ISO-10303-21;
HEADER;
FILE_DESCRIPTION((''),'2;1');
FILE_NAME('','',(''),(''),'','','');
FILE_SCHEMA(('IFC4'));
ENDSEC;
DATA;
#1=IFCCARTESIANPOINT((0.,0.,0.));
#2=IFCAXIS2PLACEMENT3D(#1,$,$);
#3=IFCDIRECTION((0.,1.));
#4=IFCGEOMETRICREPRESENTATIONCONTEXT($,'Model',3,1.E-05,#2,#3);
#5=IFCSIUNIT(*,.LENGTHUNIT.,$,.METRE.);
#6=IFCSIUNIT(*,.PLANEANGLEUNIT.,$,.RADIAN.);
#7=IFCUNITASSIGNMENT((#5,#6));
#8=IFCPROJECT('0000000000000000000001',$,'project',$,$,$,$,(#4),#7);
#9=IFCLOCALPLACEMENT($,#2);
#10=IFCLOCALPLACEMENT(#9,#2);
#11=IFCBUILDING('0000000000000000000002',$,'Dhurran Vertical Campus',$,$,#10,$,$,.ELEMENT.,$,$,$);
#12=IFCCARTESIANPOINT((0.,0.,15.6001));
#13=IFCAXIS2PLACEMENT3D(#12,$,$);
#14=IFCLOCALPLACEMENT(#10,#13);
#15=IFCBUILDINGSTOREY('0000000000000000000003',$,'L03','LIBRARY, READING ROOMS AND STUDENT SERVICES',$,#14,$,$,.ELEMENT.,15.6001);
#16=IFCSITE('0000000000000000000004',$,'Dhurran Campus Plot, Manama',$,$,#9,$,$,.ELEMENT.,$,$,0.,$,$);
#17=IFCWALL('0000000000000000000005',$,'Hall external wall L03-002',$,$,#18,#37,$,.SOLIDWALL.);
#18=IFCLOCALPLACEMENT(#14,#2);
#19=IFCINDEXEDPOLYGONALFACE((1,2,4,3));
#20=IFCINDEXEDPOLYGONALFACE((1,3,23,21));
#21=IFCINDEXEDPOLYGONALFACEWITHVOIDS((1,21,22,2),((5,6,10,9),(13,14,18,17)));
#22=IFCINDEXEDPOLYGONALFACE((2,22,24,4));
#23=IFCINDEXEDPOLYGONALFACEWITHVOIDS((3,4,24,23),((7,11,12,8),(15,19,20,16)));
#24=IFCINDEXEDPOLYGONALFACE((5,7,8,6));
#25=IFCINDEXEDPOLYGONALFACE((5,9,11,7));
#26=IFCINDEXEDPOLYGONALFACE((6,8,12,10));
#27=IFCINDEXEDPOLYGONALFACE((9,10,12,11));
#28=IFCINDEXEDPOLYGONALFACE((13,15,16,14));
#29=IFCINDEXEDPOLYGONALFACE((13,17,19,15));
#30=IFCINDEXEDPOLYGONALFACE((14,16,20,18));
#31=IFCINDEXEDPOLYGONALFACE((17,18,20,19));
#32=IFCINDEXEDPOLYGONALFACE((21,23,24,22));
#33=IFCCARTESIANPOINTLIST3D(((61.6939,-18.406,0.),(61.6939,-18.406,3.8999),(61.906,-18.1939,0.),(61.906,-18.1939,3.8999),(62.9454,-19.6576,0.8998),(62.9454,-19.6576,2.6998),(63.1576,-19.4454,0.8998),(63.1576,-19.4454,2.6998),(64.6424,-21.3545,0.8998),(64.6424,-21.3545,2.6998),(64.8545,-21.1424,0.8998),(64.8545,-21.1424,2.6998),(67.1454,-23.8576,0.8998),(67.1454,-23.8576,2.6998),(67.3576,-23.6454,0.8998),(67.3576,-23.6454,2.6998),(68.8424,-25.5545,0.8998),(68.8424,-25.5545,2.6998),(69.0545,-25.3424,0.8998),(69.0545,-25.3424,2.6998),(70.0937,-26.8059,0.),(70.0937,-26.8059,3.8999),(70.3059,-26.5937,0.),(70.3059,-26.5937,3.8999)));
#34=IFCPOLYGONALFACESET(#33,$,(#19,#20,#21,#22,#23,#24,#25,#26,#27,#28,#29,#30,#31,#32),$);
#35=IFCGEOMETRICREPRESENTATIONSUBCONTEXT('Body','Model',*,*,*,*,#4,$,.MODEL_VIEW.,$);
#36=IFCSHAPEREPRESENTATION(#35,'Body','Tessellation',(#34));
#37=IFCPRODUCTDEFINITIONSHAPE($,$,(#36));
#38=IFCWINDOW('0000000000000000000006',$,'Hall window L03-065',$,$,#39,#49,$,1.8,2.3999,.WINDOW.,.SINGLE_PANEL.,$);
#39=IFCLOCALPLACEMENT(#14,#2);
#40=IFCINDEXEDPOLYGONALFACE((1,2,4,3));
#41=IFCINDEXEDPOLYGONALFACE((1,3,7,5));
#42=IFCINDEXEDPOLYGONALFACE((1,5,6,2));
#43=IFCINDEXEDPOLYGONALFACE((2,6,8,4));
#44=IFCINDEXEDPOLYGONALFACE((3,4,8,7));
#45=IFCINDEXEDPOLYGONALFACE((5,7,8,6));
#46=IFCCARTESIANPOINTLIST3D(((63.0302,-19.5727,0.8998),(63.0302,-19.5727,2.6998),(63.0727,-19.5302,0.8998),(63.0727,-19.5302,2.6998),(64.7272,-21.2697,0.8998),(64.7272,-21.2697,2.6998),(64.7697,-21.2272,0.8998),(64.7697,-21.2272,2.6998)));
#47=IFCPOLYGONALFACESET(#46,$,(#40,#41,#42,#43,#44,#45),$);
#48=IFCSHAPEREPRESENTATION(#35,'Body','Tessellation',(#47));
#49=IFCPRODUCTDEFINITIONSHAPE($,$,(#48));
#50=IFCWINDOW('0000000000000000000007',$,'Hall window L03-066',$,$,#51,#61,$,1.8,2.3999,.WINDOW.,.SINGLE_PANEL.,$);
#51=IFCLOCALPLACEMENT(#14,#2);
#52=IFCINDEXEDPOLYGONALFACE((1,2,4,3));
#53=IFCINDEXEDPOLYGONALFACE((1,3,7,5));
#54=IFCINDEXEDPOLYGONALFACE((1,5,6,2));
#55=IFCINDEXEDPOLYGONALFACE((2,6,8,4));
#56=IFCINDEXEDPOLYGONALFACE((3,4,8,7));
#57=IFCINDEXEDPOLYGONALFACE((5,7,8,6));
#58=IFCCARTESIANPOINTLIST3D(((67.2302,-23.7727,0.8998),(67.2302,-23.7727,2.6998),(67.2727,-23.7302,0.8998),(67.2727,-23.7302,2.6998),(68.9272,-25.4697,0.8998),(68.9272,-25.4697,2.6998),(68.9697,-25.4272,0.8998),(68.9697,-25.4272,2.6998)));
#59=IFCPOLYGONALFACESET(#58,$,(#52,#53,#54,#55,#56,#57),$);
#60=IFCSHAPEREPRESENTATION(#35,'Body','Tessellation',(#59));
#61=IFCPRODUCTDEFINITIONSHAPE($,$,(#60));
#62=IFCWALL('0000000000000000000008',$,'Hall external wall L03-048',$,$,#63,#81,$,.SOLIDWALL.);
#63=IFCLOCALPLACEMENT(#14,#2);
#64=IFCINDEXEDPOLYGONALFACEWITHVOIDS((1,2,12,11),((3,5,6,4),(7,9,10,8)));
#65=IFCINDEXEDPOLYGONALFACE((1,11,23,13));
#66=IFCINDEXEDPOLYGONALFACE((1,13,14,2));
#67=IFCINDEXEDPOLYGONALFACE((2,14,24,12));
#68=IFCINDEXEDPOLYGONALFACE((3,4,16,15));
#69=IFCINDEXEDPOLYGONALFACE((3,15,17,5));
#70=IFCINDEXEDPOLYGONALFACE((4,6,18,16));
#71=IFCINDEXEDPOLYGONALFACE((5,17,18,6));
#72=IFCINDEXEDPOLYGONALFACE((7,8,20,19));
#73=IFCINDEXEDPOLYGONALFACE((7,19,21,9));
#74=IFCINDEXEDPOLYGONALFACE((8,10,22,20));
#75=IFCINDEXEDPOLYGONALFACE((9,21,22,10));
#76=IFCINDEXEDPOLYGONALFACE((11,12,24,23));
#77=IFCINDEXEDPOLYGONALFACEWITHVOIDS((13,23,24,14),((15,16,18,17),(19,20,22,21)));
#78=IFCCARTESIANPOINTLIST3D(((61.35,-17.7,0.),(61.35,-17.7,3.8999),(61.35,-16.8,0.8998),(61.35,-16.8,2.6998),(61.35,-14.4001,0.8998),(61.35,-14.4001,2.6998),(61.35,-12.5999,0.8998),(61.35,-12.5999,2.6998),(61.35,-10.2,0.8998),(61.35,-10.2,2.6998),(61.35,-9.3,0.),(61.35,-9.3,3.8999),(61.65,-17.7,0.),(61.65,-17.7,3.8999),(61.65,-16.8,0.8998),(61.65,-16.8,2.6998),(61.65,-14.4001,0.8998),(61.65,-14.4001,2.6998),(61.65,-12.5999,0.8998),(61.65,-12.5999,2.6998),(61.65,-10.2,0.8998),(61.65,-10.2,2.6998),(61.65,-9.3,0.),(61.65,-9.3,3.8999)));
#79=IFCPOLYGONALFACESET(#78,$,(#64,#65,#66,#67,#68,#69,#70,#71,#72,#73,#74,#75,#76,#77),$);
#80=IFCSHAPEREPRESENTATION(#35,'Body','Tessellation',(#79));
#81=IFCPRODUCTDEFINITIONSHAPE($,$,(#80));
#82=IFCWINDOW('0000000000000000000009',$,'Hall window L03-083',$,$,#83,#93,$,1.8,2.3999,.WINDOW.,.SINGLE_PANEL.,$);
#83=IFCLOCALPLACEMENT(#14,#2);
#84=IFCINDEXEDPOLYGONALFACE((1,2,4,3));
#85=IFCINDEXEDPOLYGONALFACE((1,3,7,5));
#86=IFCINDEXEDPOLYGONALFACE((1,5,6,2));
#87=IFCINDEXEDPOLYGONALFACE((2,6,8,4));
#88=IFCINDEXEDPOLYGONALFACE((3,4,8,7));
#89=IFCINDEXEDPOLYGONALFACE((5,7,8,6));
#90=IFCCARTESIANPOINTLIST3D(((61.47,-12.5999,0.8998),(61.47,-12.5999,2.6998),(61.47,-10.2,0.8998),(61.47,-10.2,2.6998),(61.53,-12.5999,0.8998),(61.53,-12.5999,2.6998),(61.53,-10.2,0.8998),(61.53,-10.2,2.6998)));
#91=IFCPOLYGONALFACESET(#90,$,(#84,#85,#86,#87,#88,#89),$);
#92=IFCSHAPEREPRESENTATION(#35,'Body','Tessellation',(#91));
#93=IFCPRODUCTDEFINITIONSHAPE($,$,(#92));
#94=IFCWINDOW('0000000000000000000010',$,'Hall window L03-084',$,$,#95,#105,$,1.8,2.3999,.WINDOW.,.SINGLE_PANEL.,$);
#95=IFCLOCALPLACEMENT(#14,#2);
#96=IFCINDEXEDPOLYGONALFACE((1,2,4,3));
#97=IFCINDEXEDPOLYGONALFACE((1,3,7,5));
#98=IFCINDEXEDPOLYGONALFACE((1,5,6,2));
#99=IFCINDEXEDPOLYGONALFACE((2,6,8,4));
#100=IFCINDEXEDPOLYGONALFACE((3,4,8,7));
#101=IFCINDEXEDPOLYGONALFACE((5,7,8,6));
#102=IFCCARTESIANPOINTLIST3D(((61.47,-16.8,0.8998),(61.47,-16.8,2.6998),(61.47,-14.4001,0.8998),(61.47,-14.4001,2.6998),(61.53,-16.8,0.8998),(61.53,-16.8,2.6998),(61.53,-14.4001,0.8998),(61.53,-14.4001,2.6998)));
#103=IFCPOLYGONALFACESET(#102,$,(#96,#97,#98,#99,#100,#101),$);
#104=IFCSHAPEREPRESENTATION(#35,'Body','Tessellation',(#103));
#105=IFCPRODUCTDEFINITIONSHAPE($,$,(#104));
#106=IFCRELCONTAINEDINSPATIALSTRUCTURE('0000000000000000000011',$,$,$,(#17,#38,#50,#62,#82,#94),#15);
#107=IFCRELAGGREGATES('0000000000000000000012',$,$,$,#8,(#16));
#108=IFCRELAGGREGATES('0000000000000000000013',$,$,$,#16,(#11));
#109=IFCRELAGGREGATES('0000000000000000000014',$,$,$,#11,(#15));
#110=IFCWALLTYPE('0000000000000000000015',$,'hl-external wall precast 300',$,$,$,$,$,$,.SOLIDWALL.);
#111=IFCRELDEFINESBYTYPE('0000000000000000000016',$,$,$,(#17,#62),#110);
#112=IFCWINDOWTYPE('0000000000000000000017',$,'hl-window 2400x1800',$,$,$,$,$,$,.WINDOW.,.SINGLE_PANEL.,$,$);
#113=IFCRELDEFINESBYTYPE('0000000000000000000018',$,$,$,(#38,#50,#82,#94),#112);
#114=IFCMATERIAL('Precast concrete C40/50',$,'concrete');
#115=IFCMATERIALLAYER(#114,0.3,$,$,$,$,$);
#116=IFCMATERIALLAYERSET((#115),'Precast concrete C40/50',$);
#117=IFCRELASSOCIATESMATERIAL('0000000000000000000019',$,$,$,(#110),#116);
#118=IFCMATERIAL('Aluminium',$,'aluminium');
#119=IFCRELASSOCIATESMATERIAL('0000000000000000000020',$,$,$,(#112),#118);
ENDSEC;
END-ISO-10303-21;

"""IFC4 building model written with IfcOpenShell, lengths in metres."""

from ifc_helpers import new_model, si_unit, direction, frame, frame_2d, origin, place, context, subcontext, project, spatial, rectangle, extrude, material, layer, layer_set, type_object, element, fill, save


model = new_model("IFC4")

# Units and contexts
model_context = context("Model", 3, precision=1e-05, world=origin(), true_north=direction((0.0, 1.0)))
body_context = subcontext(model_context, "Body", "Model", "MODEL_VIEW")
ifc_project = project(units=[si_unit("LENGTHUNIT", "METRE"), si_unit("PLANEANGLEUNIT", "RADIAN")], contexts=[model_context])

# Site, building, storey
site_placement = place(None, origin())
site = spatial("IfcSite", under=ifc_project, at=site_placement, Name="Dhurran Campus Plot, Manama", CompositionType="ELEMENT", RefElevation=0.0)
building_placement = place(site_placement, origin())
building = spatial("IfcBuilding", under=site, at=building_placement, Name="Dhurran Vertical Campus", CompositionType="ELEMENT")
storey_placement = place(building_placement, frame((0.0, 0.0, 15.6001)))
storey = spatial("IfcBuildingStorey", under=building, at=storey_placement, Name="L03", Description="LIBRARY, READING ROOMS AND STUDENT SERVICES", CompositionType="ELEMENT", Elevation=15.6001)

# Walls, openings, windows
ifc_material_1 = material(Name="Precast concrete C40/50", Category="concrete")
ifc_layer_1 = layer(ifc_material_1, 0.3)
ifc_layer_set_1 = layer_set([ifc_layer_1], Name="Precast concrete C40/50")
wall_type_1 = type_object("IfcWallType", Name="hl-external wall precast 300", PredefinedType="SOLIDWALL", material=ifc_layer_set_1)
wall_1_placement = place(storey_placement, frame((61.8, -18.3, 0.0), z_axis=(0.0, 0.0, 1.0), x_axis=(0.707107, -0.707107, 0.0)))
wall_1 = element("IfcWall", 1, at=wall_1_placement, inside=storey, type_object=wall_type_1, Name="Hall external wall L03-002", PredefinedType="SOLIDWALL", context=body_context, shape_type="SweptSolid", body=[
    extrude(rectangle(XDim=11.8792, YDim=0.3, at=frame_2d((5.9395, 0.0))), origin(), (0.0, 0.0, 1.0), 3.8999),
])
opening_1_placement = place(wall_1_placement, frame((1.7698, 0.0, 0.8999)))
opening_1 = element("IfcOpeningElement", 2, at=opening_1_placement, cuts=wall_1, PredefinedType="OPENING", context=body_context, shape_type="SweptSolid", body=[
    extrude(rectangle(XDim=2.3999, YDim=1.8, at=frame_2d((1.2, 0.8999))), frame((0.0, 0.1599, 0.0), z_axis=(0.0, -1.0, 0.0), x_axis=(1.0, 0.0, 0.0)), (0.0, 0.0, 1.0), 0.3201),
])
opening_2_placement = place(wall_1_placement, frame((7.7095, 0.0, 0.8999)))
opening_2 = element("IfcOpeningElement", 3, at=opening_2_placement, cuts=wall_1, PredefinedType="OPENING", context=body_context, shape_type="SweptSolid", body=[
    extrude(rectangle(XDim=2.3999, YDim=1.8, at=frame_2d((1.2, 0.8999))), frame((0.0, 0.1599, 0.0), z_axis=(0.0, -1.0, 0.0), x_axis=(1.0, 0.0, 0.0)), (0.0, 0.0, 1.0), 0.3201),
])
ifc_material_2 = material(Name="Aluminium", Category="aluminium")
window_type_1 = type_object("IfcWindowType", Name="hl-window 2400x1800", PartitioningType="SINGLE_PANEL", PredefinedType="WINDOW", material=ifc_material_2)
window_1_placement = place(opening_1_placement, origin())
window_1 = element("IfcWindow", 4, at=window_1_placement, inside=storey, type_object=window_type_1, Name="Hall window L03-065", OverallHeight=1.8, OverallWidth=2.3999, PartitioningType="SINGLE_PANEL", PredefinedType="WINDOW", context=body_context, shape_type="SweptSolid", body=[
    extrude(rectangle(XDim=2.3999, YDim=1.8, at=frame_2d((1.2, 0.8999))), frame((0.0, 0.03, 0.0), z_axis=(0.0, -1.0, 0.0), x_axis=(1.0, 0.0, 0.0)), (0.0, 0.0, 1.0), 0.0601),
])
fill(opening_1, window_1)
window_2_placement = place(opening_2_placement, origin())
window_2 = element("IfcWindow", 5, at=window_2_placement, inside=storey, type_object=window_type_1, Name="Hall window L03-066", OverallHeight=1.8, OverallWidth=2.3999, PartitioningType="SINGLE_PANEL", PredefinedType="WINDOW", context=body_context, shape_type="SweptSolid", body=[
    extrude(rectangle(XDim=2.3999, YDim=1.8, at=frame_2d((1.2, 0.8999))), frame((0.0, 0.03, 0.0), z_axis=(0.0, -1.0, 0.0), x_axis=(1.0, 0.0, 0.0)), (0.0, 0.0, 1.0), 0.0601),
])
fill(opening_2, window_2)
wall_2_placement = place(storey_placement, frame((61.5, -9.3, 0.0), z_axis=(0.0, 0.0, 1.0), x_axis=(0.0, -1.0, 0.0)))
wall_2 = element("IfcWall", 6, at=wall_2_placement, inside=storey, type_object=wall_type_1, Name="Hall external wall L03-048", PredefinedType="SOLIDWALL", context=body_context, shape_type="SweptSolid", body=[
    extrude(rectangle(XDim=8.3999, YDim=0.3, at=frame_2d((4.2, 0.0))), origin(), (0.0, 0.0, 1.0), 3.8999),
])
opening_3_placement = place(wall_2_placement, frame((0.8999, 0.0, 0.8999)))
opening_3 = element("IfcOpeningElement", 7, at=opening_3_placement, cuts=wall_2, PredefinedType="OPENING", context=body_context, shape_type="SweptSolid", body=[
    extrude(rectangle(XDim=2.3999, YDim=1.8, at=frame_2d((1.2, 0.8999))), frame((0.0, 0.1599, 0.0), z_axis=(0.0, -1.0, 0.0), x_axis=(1.0, 0.0, 0.0)), (0.0, 0.0, 1.0), 0.3201),
])
opening_4_placement = place(wall_2_placement, frame((5.1001, 0.0, 0.8999)))
opening_4 = element("IfcOpeningElement", 8, at=opening_4_placement, cuts=wall_2, PredefinedType="OPENING", context=body_context, shape_type="SweptSolid", body=[
    extrude(rectangle(XDim=2.3999, YDim=1.8, at=frame_2d((1.2, 0.8999))), frame((0.0, 0.1599, 0.0), z_axis=(0.0, -1.0, 0.0), x_axis=(1.0, 0.0, 0.0)), (0.0, 0.0, 1.0), 0.3201),
])
window_3_placement = place(opening_3_placement, origin())
window_3 = element("IfcWindow", 9, at=window_3_placement, inside=storey, type_object=window_type_1, Name="Hall window L03-083", OverallHeight=1.8, OverallWidth=2.3999, PartitioningType="SINGLE_PANEL", PredefinedType="WINDOW", context=body_context, shape_type="SweptSolid", body=[
    extrude(rectangle(XDim=2.3999, YDim=1.8, at=frame_2d((1.2, 0.8999))), frame((0.0, 0.03, 0.0), z_axis=(0.0, -1.0, 0.0), x_axis=(1.0, 0.0, 0.0)), (0.0, 0.0, 1.0), 0.0601),
])
fill(opening_3, window_3)
window_4_placement = place(opening_4_placement, origin())
window_4 = element("IfcWindow", 10, at=window_4_placement, inside=storey, type_object=window_type_1, Name="Hall window L03-084", OverallHeight=1.8, OverallWidth=2.3999, PartitioningType="SINGLE_PANEL", PredefinedType="WINDOW", context=body_context, shape_type="SweptSolid", body=[
    extrude(rectangle(XDim=2.3999, YDim=1.8, at=frame_2d((1.2, 0.8999))), frame((0.0, 0.03, 0.0), z_axis=(0.0, -1.0, 0.0), x_axis=(1.0, 0.0, 0.0)), (0.0, 0.0, 1.0), 0.0601),
])
fill(opening_4, window_4)

save(model, "model.ifc")
